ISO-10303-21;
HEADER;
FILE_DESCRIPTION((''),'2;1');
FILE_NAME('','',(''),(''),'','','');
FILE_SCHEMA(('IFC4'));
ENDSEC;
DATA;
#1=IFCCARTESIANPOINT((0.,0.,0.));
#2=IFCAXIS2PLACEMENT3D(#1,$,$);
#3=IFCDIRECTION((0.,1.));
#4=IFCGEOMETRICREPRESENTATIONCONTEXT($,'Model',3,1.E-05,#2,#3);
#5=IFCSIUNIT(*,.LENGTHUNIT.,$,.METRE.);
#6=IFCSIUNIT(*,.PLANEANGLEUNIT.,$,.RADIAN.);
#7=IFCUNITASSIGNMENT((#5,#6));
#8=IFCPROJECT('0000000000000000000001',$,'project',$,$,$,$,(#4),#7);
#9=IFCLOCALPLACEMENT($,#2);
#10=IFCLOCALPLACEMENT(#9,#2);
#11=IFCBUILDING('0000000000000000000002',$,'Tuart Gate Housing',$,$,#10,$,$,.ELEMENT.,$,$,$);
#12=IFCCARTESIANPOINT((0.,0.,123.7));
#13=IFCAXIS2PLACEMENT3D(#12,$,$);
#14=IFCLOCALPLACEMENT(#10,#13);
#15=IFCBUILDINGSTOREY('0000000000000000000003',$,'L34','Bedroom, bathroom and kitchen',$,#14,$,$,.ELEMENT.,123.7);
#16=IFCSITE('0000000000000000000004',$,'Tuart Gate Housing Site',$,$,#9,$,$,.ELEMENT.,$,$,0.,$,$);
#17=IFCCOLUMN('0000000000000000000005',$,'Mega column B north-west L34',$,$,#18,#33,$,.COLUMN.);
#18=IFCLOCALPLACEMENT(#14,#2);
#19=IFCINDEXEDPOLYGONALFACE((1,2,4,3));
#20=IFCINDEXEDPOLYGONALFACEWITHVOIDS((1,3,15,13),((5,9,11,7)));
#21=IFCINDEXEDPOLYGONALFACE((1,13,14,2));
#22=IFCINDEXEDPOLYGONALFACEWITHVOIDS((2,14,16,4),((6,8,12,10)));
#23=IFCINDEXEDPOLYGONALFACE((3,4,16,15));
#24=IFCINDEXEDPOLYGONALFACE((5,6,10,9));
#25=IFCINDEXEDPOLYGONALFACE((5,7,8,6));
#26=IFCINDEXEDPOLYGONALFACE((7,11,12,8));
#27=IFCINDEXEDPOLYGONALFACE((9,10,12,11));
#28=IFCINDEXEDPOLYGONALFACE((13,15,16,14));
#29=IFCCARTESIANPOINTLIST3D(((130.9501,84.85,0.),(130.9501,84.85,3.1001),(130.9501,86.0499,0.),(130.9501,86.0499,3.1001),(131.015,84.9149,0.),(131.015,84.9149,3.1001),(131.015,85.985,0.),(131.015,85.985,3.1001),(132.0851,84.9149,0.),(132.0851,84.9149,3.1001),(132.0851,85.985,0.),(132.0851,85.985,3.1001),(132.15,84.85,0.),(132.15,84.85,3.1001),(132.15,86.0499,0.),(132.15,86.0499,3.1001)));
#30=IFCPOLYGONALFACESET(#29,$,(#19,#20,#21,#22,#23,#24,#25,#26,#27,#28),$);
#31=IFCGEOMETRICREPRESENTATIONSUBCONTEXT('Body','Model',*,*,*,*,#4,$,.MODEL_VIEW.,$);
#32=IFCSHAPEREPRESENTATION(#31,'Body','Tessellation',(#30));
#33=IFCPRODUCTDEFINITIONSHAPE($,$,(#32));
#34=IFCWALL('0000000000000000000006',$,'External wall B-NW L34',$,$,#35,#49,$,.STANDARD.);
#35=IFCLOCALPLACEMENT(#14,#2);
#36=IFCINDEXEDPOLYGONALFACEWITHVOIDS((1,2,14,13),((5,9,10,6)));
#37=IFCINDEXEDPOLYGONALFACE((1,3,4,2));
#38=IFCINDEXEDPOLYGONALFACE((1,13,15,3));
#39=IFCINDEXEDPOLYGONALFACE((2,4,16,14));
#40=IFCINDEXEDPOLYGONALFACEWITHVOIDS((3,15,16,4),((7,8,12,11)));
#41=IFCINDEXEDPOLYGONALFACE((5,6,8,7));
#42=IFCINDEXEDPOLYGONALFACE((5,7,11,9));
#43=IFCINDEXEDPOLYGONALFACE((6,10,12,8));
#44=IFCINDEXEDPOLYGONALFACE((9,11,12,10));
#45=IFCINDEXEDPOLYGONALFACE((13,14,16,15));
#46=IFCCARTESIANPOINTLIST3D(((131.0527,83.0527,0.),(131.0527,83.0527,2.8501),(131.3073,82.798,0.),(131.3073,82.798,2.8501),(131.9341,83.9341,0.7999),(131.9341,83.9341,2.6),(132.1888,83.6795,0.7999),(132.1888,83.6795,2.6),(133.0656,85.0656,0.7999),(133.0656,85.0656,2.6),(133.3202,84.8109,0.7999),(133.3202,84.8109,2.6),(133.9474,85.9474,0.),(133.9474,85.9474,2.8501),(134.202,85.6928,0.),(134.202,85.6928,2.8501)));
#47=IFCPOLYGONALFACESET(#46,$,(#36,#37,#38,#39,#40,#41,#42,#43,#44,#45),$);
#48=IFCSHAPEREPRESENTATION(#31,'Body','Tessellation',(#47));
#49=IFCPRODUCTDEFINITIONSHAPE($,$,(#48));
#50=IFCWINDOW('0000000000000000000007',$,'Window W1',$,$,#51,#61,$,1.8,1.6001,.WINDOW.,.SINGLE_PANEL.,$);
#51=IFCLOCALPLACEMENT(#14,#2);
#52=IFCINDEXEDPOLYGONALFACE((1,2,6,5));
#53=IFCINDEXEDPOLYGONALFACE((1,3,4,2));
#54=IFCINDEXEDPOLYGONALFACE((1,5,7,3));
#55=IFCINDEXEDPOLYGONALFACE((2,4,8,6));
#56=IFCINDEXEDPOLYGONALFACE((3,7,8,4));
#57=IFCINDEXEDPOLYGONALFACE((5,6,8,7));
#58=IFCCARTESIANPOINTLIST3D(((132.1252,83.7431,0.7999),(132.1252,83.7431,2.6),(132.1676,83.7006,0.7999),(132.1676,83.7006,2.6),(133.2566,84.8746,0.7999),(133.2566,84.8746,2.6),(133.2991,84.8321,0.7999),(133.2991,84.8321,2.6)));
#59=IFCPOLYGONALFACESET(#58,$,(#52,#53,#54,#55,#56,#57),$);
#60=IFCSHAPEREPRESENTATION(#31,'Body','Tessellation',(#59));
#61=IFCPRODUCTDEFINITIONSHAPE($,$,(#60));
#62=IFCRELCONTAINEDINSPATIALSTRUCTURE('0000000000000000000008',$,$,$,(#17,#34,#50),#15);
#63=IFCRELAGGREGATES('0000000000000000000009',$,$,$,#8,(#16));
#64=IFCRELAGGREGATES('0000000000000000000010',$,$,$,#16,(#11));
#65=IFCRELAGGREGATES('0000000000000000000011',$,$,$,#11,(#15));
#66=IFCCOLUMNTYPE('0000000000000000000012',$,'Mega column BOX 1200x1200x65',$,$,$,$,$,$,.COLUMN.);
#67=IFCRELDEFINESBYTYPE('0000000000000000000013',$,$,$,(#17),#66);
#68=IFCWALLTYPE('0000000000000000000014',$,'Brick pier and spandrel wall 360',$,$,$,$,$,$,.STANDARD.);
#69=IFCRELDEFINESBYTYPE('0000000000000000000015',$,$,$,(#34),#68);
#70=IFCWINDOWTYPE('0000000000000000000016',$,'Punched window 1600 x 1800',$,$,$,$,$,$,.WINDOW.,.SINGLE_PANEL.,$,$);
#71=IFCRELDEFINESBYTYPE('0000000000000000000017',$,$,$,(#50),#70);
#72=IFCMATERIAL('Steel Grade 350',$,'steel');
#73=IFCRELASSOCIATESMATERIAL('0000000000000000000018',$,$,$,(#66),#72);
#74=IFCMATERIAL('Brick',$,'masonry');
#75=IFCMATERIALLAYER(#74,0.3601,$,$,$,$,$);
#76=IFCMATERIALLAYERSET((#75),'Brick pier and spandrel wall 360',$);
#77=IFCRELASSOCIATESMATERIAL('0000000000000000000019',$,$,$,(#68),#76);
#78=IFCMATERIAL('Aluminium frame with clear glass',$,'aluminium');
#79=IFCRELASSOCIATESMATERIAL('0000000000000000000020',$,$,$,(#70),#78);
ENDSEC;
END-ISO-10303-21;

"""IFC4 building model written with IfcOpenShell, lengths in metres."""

from ifc_helpers import new_model, si_unit, direction, frame, frame_2d, origin, origin_2d, place, context, subcontext, project, spatial, rectangle, hollow_rectangle, extrude, material, layer, layer_set, material_profile, profile_set, type_object, element, fill, save


model = new_model("IFC4")

# Units and contexts
model_context = context("Model", 3, precision=1e-05, world=origin(), true_north=direction((0.0, 1.0)))
body_context = subcontext(model_context, "Body", "Model", "MODEL_VIEW")
ifc_project = project(units=[si_unit("LENGTHUNIT", "METRE"), si_unit("PLANEANGLEUNIT", "RADIAN")], contexts=[model_context])

# Site, building, storey
site_placement = place(None, origin())
site = spatial("IfcSite", under=ifc_project, at=site_placement, Name="Tuart Gate Housing Site", CompositionType="ELEMENT", RefElevation=0.0)
building_placement = place(site_placement, origin())
building = spatial("IfcBuilding", under=site, at=building_placement, Name="Tuart Gate Housing", CompositionType="ELEMENT")
storey_placement = place(building_placement, frame((0.0, 0.0, 123.7)))
storey = spatial("IfcBuildingStorey", under=building, at=storey_placement, Name="L34", Description="Bedroom, bathroom and kitchen", CompositionType="ELEMENT", Elevation=123.7)

# Column
ifc_material_1 = material(Name="Steel Grade 350", Category="steel")
ifc_material_profile = material_profile(ifc_material_1, hollow_rectangle(XDim=1.2, YDim=1.2, WallThickness=0.0649, at=origin_2d()), Name="BOX 1200x1200x65")
ifc_profile_set = profile_set([ifc_material_profile], Name="Steel Grade 350")
column_type = type_object("IfcColumnType", Name="Mega column BOX 1200x1200x65", PredefinedType="COLUMN", material=ifc_profile_set)
column_placement = place(storey_placement, frame((131.55, 85.45, 0.0), z_axis=(0.0, 0.0, 1.0), x_axis=(1.0, 0.0, 0.0)))
element("IfcColumn", 1, at=column_placement, inside=storey, type_object=column_type, Name="Mega column B north-west L34", PredefinedType="COLUMN", context=body_context, shape_type="SweptSolid", body=[
    extrude(hollow_rectangle(XDim=1.2, YDim=1.2, WallThickness=0.0649, at=origin_2d()), origin(), (0.0, 0.0, 1.0), 3.1001),
])

# Wall, opening, window
ifc_material_2 = material(Name="Brick", Category="masonry")
ifc_layer_1 = layer(ifc_material_2, 0.3601)
ifc_layer_set_1 = layer_set([ifc_layer_1], Name="Brick pier and spandrel wall 360")
wall_type_1 = type_object("IfcWallType", Name="Brick pier and spandrel wall 360", PredefinedType="STANDARD", material=ifc_layer_set_1)
wall_1_placement = place(storey_placement, frame((134.0747, 85.8201, 0.0), z_axis=(0.0, 0.0, 1.0), x_axis=(-0.707107, -0.707107, 0.0)))
wall_1 = element("IfcWall", 2, at=wall_1_placement, inside=storey, type_object=wall_type_1, Name="External wall B-NW L34", PredefinedType="STANDARD", context=body_context, shape_type="SweptSolid", body=[
    extrude(rectangle(XDim=4.0938, YDim=0.3601, at=frame_2d((2.0469, 0.0))), origin(), (0.0, 0.0, 1.0), 2.8501),
])
opening_1_placement = place(wall_1_placement, frame((1.2471, 0.0, 0.8)))
opening_1 = element("IfcOpeningElement", 3, at=opening_1_placement, cuts=wall_1, PredefinedType="OPENING", context=body_context, shape_type="SweptSolid", body=[
    extrude(rectangle(XDim=1.6001, YDim=1.8, at=frame_2d((0.8, 0.8999))), frame((0.0, 0.1899, 0.0), z_axis=(0.0, -1.0, 0.0), x_axis=(1.0, 0.0, 0.0)), (0.0, 0.0, 1.0), 0.3801),
])
ifc_material_3 = material(Name="Aluminium frame with clear glass", Category="aluminium")
window_type_1 = type_object("IfcWindowType", Name="Punched window 1600 x 1800", PartitioningType="SINGLE_PANEL", PredefinedType="WINDOW", material=ifc_material_3)
window_1_placement = place(opening_1_placement, origin())
window_1 = element("IfcWindow", 4, at=window_1_placement, inside=storey, type_object=window_type_1, Name="Window W1", OverallHeight=1.8, OverallWidth=1.6001, PartitioningType="SINGLE_PANEL", PredefinedType="WINDOW", context=body_context, shape_type="SweptSolid", body=[
    extrude(rectangle(XDim=1.6001, YDim=1.8, at=frame_2d((0.8, 0.8999))), frame((0.0, 0.1501, 0.0), z_axis=(0.0, -1.0, 0.0), x_axis=(1.0, 0.0, 0.0)), (0.0, 0.0, 1.0), 0.0601),
])
fill(opening_1, window_1)

save(model, "model.ifc")
